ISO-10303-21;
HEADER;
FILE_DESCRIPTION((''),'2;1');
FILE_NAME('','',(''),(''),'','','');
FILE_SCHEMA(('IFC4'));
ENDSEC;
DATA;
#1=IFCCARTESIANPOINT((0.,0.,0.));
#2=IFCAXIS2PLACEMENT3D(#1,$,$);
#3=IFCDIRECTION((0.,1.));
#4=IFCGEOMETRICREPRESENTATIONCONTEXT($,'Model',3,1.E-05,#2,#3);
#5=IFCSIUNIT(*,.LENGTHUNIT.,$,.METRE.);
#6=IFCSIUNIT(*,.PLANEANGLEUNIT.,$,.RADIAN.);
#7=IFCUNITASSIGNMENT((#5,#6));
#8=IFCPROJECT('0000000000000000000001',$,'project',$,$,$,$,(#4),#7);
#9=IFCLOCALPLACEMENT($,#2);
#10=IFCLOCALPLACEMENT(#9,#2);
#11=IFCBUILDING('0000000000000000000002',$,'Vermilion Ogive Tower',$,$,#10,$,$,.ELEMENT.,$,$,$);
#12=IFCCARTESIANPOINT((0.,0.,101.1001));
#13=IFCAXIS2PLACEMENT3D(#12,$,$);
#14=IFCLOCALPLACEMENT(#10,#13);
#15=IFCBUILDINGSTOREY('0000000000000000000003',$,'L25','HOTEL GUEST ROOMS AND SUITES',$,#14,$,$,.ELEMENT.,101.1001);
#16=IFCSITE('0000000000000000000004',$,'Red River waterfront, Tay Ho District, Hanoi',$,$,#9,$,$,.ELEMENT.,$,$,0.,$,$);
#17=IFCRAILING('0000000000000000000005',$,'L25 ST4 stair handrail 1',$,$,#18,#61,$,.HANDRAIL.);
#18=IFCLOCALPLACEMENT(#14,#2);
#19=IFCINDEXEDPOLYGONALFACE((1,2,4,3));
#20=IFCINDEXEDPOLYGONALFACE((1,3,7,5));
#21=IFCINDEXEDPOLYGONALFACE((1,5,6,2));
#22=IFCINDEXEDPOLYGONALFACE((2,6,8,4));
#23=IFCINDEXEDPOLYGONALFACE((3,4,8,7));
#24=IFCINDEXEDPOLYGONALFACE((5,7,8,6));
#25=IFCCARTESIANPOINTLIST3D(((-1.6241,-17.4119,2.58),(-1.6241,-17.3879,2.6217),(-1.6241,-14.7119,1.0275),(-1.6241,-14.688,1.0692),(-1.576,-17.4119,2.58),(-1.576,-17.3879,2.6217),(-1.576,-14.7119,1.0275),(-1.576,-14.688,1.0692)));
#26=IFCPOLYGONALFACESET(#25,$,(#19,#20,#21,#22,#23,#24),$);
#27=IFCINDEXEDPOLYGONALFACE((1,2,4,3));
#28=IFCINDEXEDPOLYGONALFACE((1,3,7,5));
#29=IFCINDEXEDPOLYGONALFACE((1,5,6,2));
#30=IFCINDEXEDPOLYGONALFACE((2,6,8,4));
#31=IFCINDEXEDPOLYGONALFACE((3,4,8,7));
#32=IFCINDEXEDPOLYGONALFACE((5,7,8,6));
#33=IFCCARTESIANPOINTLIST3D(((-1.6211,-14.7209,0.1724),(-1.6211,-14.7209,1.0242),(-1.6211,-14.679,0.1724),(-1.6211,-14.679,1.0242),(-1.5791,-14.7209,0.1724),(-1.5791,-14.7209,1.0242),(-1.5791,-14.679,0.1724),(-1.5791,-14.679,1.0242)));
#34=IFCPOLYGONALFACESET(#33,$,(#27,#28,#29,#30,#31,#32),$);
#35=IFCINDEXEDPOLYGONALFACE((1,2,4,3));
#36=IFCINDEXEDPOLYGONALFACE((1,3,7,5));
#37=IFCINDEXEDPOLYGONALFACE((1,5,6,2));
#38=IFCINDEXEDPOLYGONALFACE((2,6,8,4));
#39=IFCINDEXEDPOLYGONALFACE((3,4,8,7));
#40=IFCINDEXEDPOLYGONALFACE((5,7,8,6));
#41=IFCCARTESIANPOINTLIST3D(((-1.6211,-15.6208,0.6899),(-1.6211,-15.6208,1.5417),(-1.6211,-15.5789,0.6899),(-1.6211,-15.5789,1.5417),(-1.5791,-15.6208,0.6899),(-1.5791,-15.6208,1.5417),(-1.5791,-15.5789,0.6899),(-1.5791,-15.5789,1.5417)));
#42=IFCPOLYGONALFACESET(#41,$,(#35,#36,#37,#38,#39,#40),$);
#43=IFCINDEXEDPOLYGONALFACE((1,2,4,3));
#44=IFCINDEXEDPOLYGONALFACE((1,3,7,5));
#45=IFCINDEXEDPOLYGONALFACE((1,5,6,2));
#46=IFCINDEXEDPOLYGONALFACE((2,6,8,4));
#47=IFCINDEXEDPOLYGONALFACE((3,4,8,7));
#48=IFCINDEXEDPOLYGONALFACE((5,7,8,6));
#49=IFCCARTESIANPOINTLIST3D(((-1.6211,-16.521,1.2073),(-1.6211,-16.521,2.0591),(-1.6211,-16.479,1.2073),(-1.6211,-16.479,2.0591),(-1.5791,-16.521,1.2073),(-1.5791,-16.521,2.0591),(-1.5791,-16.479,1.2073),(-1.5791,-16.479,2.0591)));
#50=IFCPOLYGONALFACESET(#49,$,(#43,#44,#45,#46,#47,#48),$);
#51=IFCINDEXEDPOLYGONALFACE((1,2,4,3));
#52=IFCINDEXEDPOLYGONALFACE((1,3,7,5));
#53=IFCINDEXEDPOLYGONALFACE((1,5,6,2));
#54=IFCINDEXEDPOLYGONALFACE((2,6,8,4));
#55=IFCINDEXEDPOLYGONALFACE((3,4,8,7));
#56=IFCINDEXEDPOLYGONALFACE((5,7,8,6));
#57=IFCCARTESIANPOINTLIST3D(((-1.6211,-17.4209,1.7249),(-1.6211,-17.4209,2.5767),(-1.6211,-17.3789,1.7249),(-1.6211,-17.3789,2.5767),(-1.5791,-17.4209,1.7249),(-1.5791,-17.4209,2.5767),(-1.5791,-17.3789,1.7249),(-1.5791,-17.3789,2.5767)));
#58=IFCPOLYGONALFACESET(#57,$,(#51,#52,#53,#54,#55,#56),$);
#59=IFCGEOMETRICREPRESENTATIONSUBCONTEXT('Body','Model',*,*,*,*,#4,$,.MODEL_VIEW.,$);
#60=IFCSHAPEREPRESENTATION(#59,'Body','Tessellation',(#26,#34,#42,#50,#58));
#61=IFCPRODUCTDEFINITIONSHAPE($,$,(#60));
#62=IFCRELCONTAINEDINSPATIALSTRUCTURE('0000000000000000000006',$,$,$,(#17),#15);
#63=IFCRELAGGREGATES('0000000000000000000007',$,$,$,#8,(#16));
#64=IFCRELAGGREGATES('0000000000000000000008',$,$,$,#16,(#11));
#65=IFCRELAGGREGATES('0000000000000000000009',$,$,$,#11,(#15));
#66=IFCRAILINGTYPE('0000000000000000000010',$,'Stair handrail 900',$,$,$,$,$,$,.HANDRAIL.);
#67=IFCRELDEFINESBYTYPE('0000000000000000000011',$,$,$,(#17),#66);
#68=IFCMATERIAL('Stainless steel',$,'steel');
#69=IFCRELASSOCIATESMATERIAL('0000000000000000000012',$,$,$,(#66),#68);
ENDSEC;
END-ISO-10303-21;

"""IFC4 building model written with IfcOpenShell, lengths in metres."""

from ifc_helpers import new_model, si_unit, direction, frame, origin, origin_2d, place, context, subcontext, project, spatial, rectangle, extrude, material, type_object, element, save


model = new_model("IFC4")

# Units and contexts
model_context = context("Model", 3, precision=1e-05, world=origin(), true_north=direction((0.0, 1.0)))
body_context = subcontext(model_context, "Body", "Model", "MODEL_VIEW")
ifc_project = project(units=[si_unit("LENGTHUNIT", "METRE"), si_unit("PLANEANGLEUNIT", "RADIAN")], contexts=[model_context])

# Site, building, storey
site_placement = place(None, origin())
site = spatial("IfcSite", under=ifc_project, at=site_placement, Name="Red River waterfront, Tay Ho District, Hanoi", CompositionType="ELEMENT", RefElevation=0.0)
building_placement = place(site_placement, origin())
building = spatial("IfcBuilding", under=site, at=building_placement, Name="Vermilion Ogive Tower", CompositionType="ELEMENT")
storey_placement = place(building_placement, frame((0.0, 0.0, 101.1001)))
storey = spatial("IfcBuildingStorey", under=building, at=storey_placement, Name="L25", Description="HOTEL GUEST ROOMS AND SUITES", CompositionType="ELEMENT", Elevation=101.1001)

# Railing
ifc_material_1 = material(Name="Stainless steel", Category="steel")
railing_type_1 = type_object("IfcRailingType", Name="Stair handrail 900", PredefinedType="HANDRAIL", material=ifc_material_1)
railing_1_placement = place(storey_placement, frame((-1.6001, -14.7, 0.1724)))
element("IfcRailing", 1, at=railing_1_placement, inside=storey, type_object=railing_type_1, Name="L25 ST4 stair handrail 1", PredefinedType="HANDRAIL", context=body_context, shape_type="SweptSolid", body=[
    extrude(rectangle(XDim=0.0481, YDim=0.0481, at=origin_2d()), frame((0.0, 0.0, 0.876), z_axis=(0.0, -0.866904, 0.498476), x_axis=(1.0, 0.0, 0.0)), (0.0, 0.0, 1.0), 3.1145),
    extrude(rectangle(XDim=0.042, YDim=0.042, at=origin_2d()), origin(), (0.0, 0.0, 1.0), 0.8518),
    extrude(rectangle(XDim=0.042, YDim=0.042, at=origin_2d()), frame((0.0, -0.8999, 0.5176)), (0.0, 0.0, 1.0), 0.8518),
    extrude(rectangle(XDim=0.042, YDim=0.042, at=origin_2d()), frame((0.0, -1.8, 1.0349)), (0.0, 0.0, 1.0), 0.8518),
    extrude(rectangle(XDim=0.042, YDim=0.042, at=origin_2d()), frame((0.0, -2.7, 1.5525)), (0.0, 0.0, 1.0), 0.8518),
])

save(model, "model.ifc")
